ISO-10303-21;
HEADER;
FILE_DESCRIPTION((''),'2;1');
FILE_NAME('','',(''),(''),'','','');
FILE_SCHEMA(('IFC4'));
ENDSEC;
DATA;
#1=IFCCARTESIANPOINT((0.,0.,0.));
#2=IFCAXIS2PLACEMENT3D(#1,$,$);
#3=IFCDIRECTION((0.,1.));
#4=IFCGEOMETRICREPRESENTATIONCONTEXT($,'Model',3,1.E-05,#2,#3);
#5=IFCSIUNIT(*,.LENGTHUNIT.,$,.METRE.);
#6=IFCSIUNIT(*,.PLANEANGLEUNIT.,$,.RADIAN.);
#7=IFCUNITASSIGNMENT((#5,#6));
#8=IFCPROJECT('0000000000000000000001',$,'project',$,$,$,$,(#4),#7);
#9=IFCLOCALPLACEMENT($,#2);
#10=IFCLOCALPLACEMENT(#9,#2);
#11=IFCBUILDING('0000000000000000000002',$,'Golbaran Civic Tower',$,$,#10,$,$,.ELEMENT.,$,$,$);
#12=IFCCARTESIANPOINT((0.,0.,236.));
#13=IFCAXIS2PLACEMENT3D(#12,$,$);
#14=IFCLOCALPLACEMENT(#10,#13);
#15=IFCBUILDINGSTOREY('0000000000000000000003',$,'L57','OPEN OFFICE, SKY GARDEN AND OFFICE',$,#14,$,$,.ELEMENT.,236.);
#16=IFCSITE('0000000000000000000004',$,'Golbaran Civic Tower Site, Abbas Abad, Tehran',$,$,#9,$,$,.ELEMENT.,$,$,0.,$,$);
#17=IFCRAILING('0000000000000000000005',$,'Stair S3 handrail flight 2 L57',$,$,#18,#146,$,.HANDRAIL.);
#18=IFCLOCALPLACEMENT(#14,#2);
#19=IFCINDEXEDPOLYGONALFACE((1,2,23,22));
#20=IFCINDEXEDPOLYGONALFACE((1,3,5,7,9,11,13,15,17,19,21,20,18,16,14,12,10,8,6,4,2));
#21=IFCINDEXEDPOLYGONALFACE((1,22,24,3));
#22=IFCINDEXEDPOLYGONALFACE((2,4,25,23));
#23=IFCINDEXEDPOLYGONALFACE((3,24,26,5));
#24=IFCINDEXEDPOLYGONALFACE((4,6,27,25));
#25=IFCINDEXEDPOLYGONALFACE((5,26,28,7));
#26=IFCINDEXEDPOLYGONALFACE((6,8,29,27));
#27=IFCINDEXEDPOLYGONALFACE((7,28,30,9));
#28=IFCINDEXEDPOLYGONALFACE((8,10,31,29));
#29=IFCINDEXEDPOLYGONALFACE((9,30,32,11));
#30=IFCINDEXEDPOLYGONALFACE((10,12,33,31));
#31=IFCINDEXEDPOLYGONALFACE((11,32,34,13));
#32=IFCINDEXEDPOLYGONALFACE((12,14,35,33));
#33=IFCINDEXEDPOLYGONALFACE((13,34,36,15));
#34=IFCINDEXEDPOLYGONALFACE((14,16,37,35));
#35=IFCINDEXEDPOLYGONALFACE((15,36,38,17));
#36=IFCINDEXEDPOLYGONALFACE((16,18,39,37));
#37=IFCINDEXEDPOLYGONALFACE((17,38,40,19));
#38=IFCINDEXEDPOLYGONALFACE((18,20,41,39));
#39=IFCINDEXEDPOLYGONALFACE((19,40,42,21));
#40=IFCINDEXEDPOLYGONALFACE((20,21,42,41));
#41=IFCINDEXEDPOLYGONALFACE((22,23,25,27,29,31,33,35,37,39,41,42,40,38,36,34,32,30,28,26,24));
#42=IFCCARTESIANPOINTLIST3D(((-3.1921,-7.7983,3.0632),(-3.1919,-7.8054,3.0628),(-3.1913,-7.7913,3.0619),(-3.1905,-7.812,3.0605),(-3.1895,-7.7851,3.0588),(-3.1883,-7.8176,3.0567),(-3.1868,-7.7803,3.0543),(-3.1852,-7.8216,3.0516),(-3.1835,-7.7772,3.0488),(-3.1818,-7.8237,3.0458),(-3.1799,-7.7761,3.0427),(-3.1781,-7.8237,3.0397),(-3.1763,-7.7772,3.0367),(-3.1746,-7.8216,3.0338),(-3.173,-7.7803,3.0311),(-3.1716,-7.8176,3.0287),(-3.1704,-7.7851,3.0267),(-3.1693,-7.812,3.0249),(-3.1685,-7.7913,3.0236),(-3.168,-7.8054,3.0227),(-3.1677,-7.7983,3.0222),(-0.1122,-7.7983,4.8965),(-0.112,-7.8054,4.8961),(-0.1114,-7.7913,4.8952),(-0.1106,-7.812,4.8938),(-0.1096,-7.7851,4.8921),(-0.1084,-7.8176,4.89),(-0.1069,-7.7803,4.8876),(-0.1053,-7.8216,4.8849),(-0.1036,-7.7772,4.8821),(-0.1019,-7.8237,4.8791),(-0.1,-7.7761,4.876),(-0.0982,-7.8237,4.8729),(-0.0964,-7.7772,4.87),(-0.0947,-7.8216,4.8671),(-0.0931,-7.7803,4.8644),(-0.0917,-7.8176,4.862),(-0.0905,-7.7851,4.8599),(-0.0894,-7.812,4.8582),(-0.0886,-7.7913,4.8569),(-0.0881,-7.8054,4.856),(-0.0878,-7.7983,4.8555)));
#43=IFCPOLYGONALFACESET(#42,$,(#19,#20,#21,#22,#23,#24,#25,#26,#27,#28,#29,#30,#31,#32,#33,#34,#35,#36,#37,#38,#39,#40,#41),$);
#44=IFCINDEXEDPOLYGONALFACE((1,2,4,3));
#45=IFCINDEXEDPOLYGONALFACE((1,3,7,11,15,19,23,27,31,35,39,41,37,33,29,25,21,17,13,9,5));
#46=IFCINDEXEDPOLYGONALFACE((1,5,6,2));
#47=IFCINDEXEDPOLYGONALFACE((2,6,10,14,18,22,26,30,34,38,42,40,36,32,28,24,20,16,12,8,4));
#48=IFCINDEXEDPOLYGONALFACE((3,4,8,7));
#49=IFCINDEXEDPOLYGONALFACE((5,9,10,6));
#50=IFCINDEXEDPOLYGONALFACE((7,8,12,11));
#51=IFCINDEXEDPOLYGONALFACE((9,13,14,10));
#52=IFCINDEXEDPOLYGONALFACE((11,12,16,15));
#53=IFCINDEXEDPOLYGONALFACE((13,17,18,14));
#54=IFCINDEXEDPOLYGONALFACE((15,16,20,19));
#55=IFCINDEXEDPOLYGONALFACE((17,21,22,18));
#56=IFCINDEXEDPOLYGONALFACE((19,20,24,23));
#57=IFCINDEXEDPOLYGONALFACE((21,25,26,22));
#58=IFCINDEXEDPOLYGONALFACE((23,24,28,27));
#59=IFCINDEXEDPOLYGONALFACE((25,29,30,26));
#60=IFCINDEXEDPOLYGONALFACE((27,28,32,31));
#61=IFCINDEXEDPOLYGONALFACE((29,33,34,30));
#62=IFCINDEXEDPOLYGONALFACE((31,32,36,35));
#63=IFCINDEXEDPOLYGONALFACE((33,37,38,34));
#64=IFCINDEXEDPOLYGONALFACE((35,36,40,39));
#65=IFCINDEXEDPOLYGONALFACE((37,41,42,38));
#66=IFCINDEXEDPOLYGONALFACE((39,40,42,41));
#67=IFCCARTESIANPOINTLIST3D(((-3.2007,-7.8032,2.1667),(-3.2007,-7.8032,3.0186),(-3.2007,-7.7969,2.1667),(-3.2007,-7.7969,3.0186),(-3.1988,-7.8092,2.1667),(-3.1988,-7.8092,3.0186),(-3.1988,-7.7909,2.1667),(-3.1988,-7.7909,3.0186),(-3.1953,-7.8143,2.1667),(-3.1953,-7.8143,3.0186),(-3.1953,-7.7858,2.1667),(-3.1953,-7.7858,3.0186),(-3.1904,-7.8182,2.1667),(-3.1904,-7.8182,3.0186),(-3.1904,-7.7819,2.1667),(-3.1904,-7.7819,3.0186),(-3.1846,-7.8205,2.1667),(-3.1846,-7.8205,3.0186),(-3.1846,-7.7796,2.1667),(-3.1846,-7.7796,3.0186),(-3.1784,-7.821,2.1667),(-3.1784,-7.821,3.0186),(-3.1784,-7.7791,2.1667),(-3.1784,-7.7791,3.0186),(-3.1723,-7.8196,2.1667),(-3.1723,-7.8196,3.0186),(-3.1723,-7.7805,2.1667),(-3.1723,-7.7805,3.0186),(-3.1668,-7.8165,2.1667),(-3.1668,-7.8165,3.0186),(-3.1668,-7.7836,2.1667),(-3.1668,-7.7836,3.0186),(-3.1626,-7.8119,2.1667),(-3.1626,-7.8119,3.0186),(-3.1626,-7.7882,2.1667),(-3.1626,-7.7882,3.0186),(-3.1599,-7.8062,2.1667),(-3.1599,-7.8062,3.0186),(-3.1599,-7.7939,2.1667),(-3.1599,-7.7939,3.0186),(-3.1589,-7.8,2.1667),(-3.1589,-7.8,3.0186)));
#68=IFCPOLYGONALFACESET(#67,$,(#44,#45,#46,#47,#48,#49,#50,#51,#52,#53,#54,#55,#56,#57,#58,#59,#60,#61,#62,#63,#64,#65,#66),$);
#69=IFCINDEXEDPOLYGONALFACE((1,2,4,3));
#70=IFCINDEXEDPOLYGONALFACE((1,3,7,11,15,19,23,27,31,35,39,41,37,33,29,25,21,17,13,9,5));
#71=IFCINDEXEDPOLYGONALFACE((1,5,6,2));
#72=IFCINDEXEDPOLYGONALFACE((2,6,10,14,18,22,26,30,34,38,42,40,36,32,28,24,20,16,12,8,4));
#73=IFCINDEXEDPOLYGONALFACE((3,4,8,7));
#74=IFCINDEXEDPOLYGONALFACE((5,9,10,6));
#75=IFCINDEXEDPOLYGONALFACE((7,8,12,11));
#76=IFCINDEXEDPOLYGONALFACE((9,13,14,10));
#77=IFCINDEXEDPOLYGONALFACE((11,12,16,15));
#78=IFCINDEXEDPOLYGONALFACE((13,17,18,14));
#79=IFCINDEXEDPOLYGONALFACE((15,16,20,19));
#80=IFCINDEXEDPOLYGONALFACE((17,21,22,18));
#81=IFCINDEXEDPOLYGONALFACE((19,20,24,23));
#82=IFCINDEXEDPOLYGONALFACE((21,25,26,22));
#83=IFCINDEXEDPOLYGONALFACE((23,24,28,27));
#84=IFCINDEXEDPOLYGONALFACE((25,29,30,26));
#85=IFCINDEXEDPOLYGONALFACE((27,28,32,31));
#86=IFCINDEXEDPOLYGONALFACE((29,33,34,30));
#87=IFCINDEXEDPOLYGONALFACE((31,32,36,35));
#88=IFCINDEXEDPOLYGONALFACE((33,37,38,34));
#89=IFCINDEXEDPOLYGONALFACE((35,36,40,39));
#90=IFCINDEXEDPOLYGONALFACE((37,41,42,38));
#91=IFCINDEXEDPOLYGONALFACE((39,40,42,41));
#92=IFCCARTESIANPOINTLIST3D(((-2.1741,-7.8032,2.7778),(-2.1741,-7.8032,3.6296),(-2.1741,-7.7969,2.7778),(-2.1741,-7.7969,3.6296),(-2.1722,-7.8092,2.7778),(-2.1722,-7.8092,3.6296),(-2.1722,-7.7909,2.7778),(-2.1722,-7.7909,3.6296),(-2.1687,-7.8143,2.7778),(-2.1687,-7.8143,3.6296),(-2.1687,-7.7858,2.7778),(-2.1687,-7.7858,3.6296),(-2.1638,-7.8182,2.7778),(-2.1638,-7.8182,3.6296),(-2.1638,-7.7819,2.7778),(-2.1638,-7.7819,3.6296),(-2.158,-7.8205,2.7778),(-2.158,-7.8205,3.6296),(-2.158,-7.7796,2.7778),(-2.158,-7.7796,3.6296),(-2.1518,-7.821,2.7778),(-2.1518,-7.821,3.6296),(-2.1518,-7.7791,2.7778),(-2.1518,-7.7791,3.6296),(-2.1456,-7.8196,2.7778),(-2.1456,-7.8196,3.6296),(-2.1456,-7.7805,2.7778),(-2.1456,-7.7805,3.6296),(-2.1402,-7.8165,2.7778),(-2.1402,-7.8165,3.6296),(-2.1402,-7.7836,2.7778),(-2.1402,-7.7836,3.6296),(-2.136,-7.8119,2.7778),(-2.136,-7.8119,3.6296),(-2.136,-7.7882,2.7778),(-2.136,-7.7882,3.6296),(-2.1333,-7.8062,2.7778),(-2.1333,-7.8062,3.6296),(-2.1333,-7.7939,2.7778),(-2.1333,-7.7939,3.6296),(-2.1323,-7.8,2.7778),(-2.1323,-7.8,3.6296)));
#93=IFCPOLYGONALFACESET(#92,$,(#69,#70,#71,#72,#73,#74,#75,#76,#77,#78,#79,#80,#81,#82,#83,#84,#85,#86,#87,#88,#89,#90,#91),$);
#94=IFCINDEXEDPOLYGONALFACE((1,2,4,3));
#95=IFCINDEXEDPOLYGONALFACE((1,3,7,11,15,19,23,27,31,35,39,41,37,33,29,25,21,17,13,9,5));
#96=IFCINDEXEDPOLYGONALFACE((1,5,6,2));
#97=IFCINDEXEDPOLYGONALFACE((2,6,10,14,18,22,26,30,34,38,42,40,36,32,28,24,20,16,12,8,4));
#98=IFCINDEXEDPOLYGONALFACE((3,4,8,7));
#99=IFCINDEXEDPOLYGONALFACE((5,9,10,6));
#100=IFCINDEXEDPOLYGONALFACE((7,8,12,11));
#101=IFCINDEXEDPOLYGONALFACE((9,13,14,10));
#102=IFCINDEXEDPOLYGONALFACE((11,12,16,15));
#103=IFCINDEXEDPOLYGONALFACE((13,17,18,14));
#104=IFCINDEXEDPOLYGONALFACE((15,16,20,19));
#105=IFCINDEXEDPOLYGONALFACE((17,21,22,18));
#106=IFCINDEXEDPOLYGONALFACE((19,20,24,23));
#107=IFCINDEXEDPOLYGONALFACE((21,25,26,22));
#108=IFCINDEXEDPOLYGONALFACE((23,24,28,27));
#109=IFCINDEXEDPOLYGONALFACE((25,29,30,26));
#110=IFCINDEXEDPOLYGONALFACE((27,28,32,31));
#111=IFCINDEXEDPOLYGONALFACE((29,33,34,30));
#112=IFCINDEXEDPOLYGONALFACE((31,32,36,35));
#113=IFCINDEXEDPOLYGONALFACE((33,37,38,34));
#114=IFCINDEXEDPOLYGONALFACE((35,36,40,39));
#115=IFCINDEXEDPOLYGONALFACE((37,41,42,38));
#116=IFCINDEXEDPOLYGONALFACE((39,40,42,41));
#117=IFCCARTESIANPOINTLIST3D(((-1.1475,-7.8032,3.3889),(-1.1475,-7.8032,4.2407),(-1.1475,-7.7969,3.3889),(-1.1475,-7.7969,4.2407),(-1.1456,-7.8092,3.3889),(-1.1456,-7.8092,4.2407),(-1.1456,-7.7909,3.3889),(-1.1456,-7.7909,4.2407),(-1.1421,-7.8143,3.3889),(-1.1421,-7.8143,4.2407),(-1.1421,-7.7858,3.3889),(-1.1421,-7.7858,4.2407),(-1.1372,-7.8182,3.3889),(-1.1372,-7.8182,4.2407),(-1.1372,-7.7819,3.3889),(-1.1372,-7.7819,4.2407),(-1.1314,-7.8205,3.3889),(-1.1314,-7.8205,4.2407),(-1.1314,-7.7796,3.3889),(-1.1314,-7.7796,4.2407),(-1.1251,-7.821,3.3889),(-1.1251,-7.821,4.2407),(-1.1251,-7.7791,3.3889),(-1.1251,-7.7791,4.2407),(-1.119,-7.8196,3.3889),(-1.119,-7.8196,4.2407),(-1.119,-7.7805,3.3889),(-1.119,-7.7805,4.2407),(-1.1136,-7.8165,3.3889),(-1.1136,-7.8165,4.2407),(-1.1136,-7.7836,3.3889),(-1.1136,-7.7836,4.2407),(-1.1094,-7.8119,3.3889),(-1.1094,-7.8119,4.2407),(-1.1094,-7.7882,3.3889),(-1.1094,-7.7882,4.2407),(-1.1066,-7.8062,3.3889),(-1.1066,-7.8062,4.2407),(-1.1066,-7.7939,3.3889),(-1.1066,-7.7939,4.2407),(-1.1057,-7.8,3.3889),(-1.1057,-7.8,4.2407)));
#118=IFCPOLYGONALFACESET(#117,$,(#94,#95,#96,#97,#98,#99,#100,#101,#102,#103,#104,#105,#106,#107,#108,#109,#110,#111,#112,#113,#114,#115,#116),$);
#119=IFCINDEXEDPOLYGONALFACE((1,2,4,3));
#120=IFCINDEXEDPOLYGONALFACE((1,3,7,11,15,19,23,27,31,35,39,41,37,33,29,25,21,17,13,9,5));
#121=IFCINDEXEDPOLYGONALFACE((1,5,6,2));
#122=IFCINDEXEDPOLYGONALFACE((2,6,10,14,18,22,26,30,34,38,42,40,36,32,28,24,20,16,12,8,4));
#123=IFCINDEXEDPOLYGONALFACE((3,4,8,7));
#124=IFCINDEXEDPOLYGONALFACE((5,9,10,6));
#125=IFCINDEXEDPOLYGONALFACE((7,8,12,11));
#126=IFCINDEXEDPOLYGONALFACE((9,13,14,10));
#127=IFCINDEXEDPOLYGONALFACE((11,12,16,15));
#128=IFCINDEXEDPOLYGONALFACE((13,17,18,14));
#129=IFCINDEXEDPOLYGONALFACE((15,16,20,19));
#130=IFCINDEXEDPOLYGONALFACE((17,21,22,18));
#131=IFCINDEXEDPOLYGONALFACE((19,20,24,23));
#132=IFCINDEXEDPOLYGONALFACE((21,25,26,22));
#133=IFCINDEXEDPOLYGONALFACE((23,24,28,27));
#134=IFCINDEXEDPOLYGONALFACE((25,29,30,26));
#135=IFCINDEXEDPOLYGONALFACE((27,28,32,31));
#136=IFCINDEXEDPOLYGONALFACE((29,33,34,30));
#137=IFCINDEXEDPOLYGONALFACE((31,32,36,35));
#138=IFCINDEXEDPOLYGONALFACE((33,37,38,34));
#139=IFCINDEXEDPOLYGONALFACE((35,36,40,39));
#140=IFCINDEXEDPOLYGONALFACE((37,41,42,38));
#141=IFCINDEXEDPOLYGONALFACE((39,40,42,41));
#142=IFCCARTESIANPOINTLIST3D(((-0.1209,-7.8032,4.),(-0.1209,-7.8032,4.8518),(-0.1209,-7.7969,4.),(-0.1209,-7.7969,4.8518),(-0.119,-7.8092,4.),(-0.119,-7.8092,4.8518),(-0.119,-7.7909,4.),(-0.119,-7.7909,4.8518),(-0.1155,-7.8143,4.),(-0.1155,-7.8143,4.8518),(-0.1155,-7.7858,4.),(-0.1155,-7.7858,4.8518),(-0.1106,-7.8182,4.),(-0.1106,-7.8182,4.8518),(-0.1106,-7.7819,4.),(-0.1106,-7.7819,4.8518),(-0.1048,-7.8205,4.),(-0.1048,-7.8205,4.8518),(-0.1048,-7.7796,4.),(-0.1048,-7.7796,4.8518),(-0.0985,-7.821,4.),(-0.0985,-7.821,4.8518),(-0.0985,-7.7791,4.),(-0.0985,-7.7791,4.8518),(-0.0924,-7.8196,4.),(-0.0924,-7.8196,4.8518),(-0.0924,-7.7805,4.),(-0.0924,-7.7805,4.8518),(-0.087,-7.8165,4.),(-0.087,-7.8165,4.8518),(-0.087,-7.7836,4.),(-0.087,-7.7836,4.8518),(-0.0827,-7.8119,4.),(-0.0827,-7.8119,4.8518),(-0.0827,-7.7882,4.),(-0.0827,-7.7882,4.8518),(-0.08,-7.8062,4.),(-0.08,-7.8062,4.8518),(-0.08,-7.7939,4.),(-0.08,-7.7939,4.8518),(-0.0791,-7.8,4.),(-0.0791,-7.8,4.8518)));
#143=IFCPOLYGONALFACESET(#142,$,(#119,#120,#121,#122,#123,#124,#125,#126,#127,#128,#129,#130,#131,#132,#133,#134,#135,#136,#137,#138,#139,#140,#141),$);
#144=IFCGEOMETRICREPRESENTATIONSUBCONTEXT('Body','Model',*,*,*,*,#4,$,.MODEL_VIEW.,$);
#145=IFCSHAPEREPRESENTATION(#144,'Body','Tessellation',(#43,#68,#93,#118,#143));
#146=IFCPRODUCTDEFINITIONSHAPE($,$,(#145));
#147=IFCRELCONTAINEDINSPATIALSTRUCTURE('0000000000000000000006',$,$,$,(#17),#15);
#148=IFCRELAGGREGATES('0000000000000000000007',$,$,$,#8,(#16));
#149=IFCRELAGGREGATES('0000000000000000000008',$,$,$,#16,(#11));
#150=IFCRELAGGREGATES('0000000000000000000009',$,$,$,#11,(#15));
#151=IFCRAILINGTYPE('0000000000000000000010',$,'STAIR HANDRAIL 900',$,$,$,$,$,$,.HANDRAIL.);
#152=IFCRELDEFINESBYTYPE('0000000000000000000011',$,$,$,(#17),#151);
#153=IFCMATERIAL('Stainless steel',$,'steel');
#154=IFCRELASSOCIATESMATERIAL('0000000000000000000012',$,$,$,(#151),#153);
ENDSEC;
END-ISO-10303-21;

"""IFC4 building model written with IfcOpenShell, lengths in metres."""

from ifc_helpers import new_model, si_unit, direction, frame, origin, origin_2d, place, context, subcontext, project, spatial, circle, extrude, material, type_object, element, save


model = new_model("IFC4")

# Units and contexts
model_context = context("Model", 3, precision=1e-05, world=origin(), true_north=direction((0.0, 1.0)))
body_context = subcontext(model_context, "Body", "Model", "MODEL_VIEW")
ifc_project = project(units=[si_unit("LENGTHUNIT", "METRE"), si_unit("PLANEANGLEUNIT", "RADIAN")], contexts=[model_context])

# Site, building, storey
site_placement = place(None, origin())
site = spatial("IfcSite", under=ifc_project, at=site_placement, Name="Golbaran Civic Tower Site, Abbas Abad, Tehran", CompositionType="ELEMENT", RefElevation=0.0)
building_placement = place(site_placement, origin())
building = spatial("IfcBuilding", under=site, at=building_placement, Name="Golbaran Civic Tower", CompositionType="ELEMENT")
storey_placement = place(building_placement, frame((0.0, 0.0, 236.0)))
storey = spatial("IfcBuildingStorey", under=building, at=storey_placement, Name="L57", Description="OPEN OFFICE, SKY GARDEN AND OFFICE", CompositionType="ELEMENT", Elevation=236.0)

# Shared definitions
ifc_material_1 = material(Name="Stainless steel", Category="steel")

# Railing
railing_type = type_object("IfcRailingType", Name="STAIR HANDRAIL 900", PredefinedType="HANDRAIL", material=ifc_material_1)
railing_1_placement = place(storey_placement, frame((-3.1799, -7.8, 2.1667)))
element("IfcRailing", 1, at=railing_1_placement, inside=storey, type_object=railing_type, Name="Stair S3 handrail flight 2 L57", PredefinedType="HANDRAIL", context=body_context, shape_type="SweptSolid", body=[
    extrude(circle(Radius=0.0239, at=origin_2d()), frame((0.0, 0.0, 0.876), z_axis=(0.859291, 0.0, 0.511487), x_axis=(0.0, 1.0, 0.0)), (0.0, 0.0, 1.0), 3.5842),
    extrude(circle(Radius=0.021, at=origin_2d()), origin(), (0.0, 0.0, 1.0), 0.8518),
    extrude(circle(Radius=0.021, at=origin_2d()), frame((1.0266, 0.0, 0.6111)), (0.0, 0.0, 1.0), 0.8518),
    extrude(circle(Radius=0.021, at=origin_2d()), frame((2.0532, 0.0, 1.2222)), (0.0, 0.0, 1.0), 0.8518),
    extrude(circle(Radius=0.021, at=origin_2d()), frame((3.0798, 0.0, 1.8333)), (0.0, 0.0, 1.0), 0.8518),
])

save(model, "model.ifc")
